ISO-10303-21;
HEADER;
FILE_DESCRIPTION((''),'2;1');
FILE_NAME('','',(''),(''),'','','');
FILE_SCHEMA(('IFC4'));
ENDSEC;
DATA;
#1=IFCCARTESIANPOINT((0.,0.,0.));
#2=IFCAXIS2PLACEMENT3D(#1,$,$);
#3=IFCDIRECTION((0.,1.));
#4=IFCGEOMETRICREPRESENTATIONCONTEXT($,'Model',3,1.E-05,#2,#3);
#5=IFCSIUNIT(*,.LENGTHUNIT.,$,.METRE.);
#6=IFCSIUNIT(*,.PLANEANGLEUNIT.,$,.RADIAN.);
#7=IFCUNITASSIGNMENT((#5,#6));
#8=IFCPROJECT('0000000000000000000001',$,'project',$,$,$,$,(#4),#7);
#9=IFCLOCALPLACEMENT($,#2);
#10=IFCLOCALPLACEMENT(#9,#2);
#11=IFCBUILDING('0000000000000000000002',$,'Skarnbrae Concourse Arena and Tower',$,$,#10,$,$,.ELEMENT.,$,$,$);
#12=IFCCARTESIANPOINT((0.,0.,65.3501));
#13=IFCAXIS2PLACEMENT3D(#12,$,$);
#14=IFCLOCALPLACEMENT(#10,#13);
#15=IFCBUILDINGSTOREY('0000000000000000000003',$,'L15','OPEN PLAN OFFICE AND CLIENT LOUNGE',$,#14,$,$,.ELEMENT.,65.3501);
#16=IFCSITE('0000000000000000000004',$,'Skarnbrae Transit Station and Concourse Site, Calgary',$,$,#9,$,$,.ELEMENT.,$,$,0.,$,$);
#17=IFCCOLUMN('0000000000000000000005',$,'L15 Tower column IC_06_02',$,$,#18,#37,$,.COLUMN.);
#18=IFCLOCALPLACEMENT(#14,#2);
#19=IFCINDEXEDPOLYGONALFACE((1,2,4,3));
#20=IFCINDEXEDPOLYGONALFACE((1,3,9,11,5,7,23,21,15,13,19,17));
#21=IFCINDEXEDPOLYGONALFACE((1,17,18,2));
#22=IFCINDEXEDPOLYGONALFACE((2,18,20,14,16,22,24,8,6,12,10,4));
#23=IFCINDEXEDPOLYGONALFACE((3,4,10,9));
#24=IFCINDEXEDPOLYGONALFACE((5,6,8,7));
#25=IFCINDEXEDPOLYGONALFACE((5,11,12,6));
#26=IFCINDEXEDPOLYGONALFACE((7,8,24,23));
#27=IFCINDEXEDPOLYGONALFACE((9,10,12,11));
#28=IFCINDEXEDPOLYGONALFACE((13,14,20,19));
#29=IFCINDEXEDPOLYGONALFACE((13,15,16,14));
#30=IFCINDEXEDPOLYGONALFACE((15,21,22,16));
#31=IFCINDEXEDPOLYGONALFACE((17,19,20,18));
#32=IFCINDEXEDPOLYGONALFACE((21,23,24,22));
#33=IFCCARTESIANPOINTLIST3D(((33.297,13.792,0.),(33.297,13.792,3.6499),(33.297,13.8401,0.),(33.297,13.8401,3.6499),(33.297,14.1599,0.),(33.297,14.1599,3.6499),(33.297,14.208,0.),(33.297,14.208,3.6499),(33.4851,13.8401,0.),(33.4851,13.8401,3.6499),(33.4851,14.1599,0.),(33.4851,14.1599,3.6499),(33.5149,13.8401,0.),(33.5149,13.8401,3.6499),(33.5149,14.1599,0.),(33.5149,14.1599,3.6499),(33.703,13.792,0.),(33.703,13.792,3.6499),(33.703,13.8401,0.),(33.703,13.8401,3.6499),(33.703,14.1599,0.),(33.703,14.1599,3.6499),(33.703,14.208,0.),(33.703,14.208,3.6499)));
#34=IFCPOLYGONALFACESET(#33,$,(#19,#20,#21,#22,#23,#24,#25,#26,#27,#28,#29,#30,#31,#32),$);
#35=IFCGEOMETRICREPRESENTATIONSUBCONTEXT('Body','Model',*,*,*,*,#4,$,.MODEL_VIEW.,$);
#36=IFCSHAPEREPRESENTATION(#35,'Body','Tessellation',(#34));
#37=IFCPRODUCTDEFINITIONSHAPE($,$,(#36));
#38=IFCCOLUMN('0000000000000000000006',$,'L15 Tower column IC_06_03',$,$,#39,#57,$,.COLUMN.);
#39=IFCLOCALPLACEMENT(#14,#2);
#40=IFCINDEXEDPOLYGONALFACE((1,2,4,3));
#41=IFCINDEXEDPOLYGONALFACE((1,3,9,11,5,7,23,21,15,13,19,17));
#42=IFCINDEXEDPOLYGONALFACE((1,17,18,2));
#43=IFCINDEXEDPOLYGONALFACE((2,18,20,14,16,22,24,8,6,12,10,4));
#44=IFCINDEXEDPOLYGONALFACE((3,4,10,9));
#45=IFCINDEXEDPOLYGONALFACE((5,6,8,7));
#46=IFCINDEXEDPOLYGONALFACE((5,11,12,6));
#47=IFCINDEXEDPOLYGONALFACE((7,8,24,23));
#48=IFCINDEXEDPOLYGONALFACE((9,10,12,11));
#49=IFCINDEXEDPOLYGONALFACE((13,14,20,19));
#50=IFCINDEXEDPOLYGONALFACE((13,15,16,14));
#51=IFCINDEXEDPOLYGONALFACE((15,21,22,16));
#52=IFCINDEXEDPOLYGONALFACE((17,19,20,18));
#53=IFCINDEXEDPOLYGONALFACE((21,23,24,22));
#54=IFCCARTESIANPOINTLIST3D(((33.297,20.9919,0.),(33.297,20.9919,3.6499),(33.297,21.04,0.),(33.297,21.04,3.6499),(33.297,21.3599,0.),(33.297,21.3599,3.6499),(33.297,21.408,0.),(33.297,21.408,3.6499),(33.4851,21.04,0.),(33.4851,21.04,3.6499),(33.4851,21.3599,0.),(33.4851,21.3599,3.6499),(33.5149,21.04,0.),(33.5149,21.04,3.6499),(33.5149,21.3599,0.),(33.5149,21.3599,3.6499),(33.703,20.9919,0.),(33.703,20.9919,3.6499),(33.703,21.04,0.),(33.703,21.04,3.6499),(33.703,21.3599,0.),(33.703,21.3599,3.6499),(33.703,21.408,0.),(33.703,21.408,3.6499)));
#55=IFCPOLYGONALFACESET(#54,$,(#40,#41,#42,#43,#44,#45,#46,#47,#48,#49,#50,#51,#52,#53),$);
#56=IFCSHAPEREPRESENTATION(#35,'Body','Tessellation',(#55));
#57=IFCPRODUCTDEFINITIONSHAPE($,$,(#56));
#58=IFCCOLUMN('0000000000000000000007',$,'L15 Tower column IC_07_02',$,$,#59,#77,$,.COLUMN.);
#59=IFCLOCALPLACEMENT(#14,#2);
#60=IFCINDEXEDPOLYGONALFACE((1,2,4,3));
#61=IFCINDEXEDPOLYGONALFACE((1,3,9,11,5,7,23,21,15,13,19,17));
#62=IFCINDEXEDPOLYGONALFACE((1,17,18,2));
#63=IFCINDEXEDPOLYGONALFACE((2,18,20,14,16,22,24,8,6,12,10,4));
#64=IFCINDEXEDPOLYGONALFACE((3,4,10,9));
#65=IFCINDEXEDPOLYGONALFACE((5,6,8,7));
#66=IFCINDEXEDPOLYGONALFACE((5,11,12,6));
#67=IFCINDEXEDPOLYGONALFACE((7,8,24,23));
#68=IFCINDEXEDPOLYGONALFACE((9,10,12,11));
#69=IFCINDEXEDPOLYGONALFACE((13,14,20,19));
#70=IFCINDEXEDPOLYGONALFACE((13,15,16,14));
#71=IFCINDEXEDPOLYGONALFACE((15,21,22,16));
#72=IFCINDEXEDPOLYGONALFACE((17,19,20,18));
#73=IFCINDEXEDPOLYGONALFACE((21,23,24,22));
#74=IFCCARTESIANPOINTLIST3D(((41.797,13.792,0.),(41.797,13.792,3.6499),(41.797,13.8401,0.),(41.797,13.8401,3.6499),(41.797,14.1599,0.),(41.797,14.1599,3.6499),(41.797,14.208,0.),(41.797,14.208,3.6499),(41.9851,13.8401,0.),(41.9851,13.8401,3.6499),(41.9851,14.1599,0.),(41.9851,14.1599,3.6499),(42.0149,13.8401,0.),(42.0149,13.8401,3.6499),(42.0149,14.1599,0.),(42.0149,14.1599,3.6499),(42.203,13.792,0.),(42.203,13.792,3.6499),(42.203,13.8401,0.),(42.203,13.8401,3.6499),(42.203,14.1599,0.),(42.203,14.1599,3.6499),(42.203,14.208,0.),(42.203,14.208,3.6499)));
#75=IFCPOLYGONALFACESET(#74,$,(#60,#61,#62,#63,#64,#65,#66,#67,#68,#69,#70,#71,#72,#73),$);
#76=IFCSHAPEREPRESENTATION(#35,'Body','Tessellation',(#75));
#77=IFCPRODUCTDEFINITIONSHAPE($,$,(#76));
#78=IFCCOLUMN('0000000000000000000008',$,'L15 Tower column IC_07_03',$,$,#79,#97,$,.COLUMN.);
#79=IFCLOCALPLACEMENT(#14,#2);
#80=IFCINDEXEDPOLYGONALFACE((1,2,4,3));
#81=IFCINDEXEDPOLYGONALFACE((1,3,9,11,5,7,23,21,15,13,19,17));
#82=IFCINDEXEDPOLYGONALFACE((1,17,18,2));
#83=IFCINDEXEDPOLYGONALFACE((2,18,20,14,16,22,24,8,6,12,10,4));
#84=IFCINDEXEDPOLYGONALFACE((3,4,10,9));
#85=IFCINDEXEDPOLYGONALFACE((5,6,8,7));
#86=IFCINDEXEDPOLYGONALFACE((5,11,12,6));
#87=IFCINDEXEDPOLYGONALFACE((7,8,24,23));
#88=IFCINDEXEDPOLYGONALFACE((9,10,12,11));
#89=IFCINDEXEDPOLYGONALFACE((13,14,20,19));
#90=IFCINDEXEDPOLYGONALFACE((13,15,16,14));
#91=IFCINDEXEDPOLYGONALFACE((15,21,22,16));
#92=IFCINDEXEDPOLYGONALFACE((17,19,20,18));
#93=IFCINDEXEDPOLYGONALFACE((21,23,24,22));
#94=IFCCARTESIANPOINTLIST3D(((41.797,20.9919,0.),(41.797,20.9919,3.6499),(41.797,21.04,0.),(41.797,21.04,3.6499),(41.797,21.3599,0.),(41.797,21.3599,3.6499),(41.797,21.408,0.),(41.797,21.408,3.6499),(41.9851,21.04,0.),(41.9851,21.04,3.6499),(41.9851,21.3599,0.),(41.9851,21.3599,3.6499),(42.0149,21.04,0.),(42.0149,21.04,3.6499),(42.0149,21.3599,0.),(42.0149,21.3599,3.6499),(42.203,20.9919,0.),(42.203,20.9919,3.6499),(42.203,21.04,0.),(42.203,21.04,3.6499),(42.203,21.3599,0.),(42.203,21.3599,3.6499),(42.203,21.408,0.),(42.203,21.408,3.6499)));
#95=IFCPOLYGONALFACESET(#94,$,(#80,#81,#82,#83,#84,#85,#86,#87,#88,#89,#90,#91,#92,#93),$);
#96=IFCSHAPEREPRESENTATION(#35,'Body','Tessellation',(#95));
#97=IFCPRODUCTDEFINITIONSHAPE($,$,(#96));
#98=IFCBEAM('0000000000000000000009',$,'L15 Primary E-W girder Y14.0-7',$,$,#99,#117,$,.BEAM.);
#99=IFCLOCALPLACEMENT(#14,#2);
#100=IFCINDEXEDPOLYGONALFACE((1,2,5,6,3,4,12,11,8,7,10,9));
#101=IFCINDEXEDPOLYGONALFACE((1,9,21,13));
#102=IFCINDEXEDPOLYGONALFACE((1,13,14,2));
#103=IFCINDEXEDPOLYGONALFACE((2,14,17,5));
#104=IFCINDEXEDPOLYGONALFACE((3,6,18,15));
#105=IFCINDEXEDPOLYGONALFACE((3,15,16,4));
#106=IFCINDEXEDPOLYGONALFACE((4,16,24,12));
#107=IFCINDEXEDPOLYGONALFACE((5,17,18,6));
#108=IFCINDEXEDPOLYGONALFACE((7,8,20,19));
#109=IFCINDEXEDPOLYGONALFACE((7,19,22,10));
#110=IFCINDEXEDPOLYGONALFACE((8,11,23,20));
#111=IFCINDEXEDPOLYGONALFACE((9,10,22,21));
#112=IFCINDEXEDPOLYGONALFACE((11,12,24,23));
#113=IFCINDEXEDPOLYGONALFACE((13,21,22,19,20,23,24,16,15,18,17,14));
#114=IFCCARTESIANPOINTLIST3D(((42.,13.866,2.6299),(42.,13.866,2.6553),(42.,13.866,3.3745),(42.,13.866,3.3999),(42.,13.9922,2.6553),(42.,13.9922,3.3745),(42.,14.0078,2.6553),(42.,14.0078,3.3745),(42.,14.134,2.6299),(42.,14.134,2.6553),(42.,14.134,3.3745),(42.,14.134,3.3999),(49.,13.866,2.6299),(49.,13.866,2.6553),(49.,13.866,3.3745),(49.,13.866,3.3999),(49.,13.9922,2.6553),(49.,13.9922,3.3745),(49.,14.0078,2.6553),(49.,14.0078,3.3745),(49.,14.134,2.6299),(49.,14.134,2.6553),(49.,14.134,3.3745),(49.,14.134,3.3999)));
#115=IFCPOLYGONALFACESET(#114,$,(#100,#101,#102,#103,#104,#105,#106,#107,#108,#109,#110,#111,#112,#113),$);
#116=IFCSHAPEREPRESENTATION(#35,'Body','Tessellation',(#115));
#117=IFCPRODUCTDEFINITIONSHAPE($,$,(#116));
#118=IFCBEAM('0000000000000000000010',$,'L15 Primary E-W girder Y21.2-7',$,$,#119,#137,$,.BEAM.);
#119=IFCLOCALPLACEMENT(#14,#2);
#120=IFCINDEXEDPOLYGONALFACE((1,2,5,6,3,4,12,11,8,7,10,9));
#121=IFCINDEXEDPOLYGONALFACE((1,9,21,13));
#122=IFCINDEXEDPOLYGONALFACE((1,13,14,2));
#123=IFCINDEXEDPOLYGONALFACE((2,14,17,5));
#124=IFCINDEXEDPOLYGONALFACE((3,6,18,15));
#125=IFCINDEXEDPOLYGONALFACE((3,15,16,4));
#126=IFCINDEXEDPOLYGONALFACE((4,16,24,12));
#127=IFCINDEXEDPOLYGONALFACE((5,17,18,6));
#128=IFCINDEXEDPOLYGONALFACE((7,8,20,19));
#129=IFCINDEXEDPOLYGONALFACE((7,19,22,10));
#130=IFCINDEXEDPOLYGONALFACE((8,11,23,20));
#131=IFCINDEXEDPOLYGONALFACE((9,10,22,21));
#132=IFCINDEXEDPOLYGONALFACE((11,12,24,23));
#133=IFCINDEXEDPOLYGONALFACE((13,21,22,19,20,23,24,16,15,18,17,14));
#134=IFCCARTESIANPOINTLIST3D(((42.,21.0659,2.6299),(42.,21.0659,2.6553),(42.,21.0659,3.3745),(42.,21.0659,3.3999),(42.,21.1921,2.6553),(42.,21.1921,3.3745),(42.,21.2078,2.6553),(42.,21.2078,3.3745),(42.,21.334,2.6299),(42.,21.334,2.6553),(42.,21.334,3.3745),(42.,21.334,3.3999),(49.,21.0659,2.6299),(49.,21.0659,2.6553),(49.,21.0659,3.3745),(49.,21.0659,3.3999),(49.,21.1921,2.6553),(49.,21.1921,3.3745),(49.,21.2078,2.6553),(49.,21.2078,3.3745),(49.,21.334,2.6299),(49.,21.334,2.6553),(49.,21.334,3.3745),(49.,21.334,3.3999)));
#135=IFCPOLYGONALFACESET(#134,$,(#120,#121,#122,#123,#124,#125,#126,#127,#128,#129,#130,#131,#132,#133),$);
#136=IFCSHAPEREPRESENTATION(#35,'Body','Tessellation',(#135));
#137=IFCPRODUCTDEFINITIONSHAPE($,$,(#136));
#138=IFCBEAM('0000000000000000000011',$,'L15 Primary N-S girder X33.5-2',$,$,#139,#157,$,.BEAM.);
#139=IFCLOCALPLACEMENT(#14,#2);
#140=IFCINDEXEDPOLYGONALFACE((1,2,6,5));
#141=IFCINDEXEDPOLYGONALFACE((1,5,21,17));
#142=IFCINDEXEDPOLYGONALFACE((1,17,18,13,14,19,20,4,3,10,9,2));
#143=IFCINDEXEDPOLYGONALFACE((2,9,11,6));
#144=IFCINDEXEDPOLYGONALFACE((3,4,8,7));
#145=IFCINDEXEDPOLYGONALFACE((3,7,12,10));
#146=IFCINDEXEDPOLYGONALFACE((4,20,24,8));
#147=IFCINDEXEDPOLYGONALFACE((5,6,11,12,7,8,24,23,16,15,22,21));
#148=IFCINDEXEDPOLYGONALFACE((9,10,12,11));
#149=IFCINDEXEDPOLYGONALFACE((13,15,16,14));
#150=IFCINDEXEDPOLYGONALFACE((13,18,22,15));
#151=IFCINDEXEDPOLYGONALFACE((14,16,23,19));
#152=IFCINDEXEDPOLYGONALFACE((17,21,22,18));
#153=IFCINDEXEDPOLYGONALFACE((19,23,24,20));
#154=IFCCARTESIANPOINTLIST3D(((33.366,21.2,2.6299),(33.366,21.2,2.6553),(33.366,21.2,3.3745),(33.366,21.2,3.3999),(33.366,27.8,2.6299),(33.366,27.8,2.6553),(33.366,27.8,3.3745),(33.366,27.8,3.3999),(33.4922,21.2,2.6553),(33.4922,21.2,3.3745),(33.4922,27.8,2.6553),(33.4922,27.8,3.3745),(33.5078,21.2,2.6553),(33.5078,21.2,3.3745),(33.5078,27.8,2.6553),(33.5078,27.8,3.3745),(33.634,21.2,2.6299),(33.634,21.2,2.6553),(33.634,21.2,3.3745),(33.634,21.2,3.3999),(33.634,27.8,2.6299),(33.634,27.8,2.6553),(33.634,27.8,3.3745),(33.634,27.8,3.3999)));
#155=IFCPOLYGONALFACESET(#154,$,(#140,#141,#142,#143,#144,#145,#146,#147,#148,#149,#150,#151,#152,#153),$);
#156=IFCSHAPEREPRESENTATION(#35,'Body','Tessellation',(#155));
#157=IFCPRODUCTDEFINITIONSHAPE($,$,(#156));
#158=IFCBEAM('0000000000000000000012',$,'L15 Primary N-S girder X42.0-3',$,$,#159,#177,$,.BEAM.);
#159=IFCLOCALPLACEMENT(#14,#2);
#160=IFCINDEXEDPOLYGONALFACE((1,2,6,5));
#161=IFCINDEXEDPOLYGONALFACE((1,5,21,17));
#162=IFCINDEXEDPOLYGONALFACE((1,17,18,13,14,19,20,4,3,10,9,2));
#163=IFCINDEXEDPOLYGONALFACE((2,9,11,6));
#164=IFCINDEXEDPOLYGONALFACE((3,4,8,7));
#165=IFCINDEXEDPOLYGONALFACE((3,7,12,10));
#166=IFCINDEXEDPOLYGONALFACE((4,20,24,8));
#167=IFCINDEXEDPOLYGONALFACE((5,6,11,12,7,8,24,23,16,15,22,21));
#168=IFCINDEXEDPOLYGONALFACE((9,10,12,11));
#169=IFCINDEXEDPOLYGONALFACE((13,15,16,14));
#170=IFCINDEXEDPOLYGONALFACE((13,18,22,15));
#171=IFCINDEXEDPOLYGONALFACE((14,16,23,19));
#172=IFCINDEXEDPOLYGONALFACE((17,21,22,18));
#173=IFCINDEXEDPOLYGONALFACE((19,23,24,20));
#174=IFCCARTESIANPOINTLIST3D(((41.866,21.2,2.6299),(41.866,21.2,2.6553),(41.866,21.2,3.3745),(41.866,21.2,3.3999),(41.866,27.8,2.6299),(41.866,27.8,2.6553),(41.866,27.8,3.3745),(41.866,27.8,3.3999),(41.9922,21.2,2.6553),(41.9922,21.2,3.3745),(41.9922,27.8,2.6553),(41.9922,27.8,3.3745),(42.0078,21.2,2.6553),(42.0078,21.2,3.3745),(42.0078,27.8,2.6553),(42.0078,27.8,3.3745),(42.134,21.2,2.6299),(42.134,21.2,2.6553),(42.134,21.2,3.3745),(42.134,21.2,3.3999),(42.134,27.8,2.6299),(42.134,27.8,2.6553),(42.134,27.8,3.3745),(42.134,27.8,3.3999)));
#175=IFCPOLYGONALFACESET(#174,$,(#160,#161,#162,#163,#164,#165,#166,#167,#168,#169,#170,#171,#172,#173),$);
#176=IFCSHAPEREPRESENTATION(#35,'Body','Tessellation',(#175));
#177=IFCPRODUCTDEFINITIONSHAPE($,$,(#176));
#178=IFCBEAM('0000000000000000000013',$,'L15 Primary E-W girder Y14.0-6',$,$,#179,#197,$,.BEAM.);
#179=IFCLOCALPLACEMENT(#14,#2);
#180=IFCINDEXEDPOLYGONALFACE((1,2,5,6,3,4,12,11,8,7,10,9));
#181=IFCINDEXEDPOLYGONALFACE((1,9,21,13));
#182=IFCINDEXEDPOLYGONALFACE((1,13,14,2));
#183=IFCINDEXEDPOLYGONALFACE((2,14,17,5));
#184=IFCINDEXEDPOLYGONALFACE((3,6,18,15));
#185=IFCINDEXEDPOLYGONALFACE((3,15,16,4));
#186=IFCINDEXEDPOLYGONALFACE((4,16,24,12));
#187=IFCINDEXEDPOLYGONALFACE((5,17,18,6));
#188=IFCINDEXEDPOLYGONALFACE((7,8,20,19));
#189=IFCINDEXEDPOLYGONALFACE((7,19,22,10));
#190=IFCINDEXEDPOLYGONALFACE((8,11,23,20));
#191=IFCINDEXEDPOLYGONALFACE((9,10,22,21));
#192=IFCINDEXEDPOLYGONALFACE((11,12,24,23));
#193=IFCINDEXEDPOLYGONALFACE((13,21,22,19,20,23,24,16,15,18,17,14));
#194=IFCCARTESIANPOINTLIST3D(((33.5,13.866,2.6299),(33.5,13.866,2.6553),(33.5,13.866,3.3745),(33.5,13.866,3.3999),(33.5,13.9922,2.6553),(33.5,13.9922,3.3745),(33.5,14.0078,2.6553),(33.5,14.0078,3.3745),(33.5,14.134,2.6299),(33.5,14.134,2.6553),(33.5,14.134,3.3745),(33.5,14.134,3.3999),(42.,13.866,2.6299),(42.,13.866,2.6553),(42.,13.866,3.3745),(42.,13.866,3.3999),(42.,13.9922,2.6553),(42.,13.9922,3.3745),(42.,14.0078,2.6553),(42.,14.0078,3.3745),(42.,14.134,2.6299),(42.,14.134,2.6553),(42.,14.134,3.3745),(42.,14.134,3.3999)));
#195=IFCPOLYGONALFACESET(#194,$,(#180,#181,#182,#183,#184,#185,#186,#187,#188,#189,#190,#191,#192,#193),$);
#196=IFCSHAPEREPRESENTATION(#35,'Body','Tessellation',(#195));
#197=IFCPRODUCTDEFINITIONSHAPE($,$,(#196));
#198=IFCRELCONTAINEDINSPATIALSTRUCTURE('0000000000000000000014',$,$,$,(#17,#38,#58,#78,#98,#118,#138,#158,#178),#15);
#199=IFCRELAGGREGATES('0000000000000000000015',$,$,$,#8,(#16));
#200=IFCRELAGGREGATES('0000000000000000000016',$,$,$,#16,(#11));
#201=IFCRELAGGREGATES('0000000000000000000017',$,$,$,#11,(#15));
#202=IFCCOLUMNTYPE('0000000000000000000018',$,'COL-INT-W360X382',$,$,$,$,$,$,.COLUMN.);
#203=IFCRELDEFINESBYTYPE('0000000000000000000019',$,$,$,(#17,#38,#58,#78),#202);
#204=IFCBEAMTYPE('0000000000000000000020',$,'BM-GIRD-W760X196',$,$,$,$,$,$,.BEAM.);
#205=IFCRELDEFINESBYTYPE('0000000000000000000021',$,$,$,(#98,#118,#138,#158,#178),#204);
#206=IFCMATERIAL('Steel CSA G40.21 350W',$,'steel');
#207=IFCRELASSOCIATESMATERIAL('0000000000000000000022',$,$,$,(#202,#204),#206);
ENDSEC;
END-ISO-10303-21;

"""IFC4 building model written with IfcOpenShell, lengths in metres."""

from ifc_helpers import new_model, si_unit, direction, frame, origin, origin_2d, place, context, subcontext, project, spatial, i_section, extrude, source, transform, mapped, material, material_profile, profile_set, type_object, element, save


model = new_model("IFC4")

# Units and contexts
model_context = context("Model", 3, precision=1e-05, world=origin(), true_north=direction((0.0, 1.0)))
body_context = subcontext(model_context, "Body", "Model", "MODEL_VIEW")
ifc_project = project(units=[si_unit("LENGTHUNIT", "METRE"), si_unit("PLANEANGLEUNIT", "RADIAN")], contexts=[model_context])

# Site, building, storey
site_placement = place(None, origin())
site = spatial("IfcSite", under=ifc_project, at=site_placement, Name="Skarnbrae Transit Station and Concourse Site, Calgary", CompositionType="ELEMENT", RefElevation=0.0)
building_placement = place(site_placement, origin())
building = spatial("IfcBuilding", under=site, at=building_placement, Name="Skarnbrae Concourse Arena and Tower", CompositionType="ELEMENT")
storey_placement = place(building_placement, frame((0.0, 0.0, 65.3501)))
storey = spatial("IfcBuildingStorey", under=building, at=storey_placement, Name="L15", Description="OPEN PLAN OFFICE AND CLIENT LOUNGE", CompositionType="ELEMENT", Elevation=65.3501)

# Columns
ifc_material_1 = material(Name="Steel CSA G40.21 350W", Category="steel")
ifc_material_profile_1 = material_profile(ifc_material_1, i_section(OverallWidth=0.406, OverallDepth=0.416, WebThickness=0.0298, FlangeThickness=0.0481, at=origin_2d()), Name="W360X382")
ifc_profile_set_1 = profile_set([ifc_material_profile_1], Name="Steel CSA G40.21 350W")
column_type = type_object("IfcColumnType", Name="COL-INT-W360X382", PredefinedType="COLUMN", material=ifc_profile_set_1)
shared_shape_1 = source(origin(), body_context, "Body", "SweptSolid", [
    extrude(i_section(OverallWidth=0.406, OverallDepth=0.416, WebThickness=0.0298, FlangeThickness=0.0481, at=origin_2d()), origin(), (0.0, 0.0, 1.0), 3.6499),
])
for number, where, z_axis, x_axis, name in (
    (1, (33.5, 14.0, 0.0), (0.0, 0.0, 1.0), (1.0, 0.0, 0.0), "L15 Tower column IC_06_02"),
    (2, (33.5, 21.2, 0.0), (0.0, 0.0, 1.0), (1.0, 0.0, 0.0), "L15 Tower column IC_06_03"),
    (3, (42.0, 14.0, 0.0), (0.0, 0.0, 1.0), (1.0, 0.0, 0.0), "L15 Tower column IC_07_02"),
    (4, (42.0, 21.2, 0.0), (0.0, 0.0, 1.0), (1.0, 0.0, 0.0), "L15 Tower column IC_07_03"),
):
    element("IfcColumn", number, at=place(storey_placement, frame(where, z_axis=z_axis, x_axis=x_axis)), inside=storey, type_object=column_type, Name=name, PredefinedType="COLUMN", context=body_context, shape_type="MappedRepresentation", body=[
        mapped(shared_shape_1, transform((0.0, 0.0, 0.0))),
    ])

# Beams
ifc_material_profile_2 = material_profile(ifc_material_1, i_section(OverallWidth=0.2681, OverallDepth=0.77, WebThickness=0.0156, FlangeThickness=0.0254, at=origin_2d()), Name="W760X196")
ifc_profile_set_2 = profile_set([ifc_material_profile_2], Name="Steel CSA G40.21 350W")
beam_type_1 = type_object("IfcBeamType", Name="BM-GIRD-W760X196", PredefinedType="BEAM", material=ifc_profile_set_2)
shared_shape_2 = source(origin(), body_context, "Body", "SweptSolid", [
    extrude(i_section(OverallWidth=0.2681, OverallDepth=0.77, WebThickness=0.0156, FlangeThickness=0.0254, at=origin_2d()), origin(), (0.0, 0.0, 1.0), 7.0),
])
for number, where, z_axis, x_axis, name in (
    (5, (42.0, 14.0, 3.0149), (1.0, 0.0, 0.0), (0.0, 1.0, 0.0), "L15 Primary E-W girder Y14.0-7"),
    (6, (42.0, 21.2, 3.0149), (1.0, 0.0, 0.0), (0.0, 1.0, 0.0), "L15 Primary E-W girder Y21.2-7"),
):
    element("IfcBeam", number, at=place(storey_placement, frame(where, z_axis=z_axis, x_axis=x_axis)), inside=storey, type_object=beam_type_1, Name=name, PredefinedType="BEAM", context=body_context, shape_type="MappedRepresentation", body=[
        mapped(shared_shape_2, transform((0.0, 0.0, 0.0))),
    ])
shared_shape_3 = source(origin(), body_context, "Body", "SweptSolid", [
    extrude(i_section(OverallWidth=0.2681, OverallDepth=0.77, WebThickness=0.0156, FlangeThickness=0.0254, at=origin_2d()), origin(), (0.0, 0.0, 1.0), 6.6001),
])
for number, where, z_axis, x_axis, name in (
    (7, (33.5, 21.2, 3.0149), (0.0, 1.0, 0.0), (-1.0, 0.0, 0.0), "L15 Primary N-S girder X33.5-2"),
    (8, (42.0, 21.2, 3.0149), (0.0, 1.0, 0.0), (-1.0, 0.0, 0.0), "L15 Primary N-S girder X42.0-3"),
):
    element("IfcBeam", number, at=place(storey_placement, frame(where, z_axis=z_axis, x_axis=x_axis)), inside=storey, type_object=beam_type_1, Name=name, PredefinedType="BEAM", context=body_context, shape_type="MappedRepresentation", body=[
        mapped(shared_shape_3, transform((0.0, 0.0, 0.0))),
    ])
shared_shape_4 = source(origin(), body_context, "Body", "SweptSolid", [
    extrude(i_section(OverallWidth=0.2681, OverallDepth=0.77, WebThickness=0.0156, FlangeThickness=0.0254, at=origin_2d()), origin(), (0.0, 0.0, 1.0), 8.5),
])
for number, where, z_axis, x_axis, name in (
    (9, (33.5, 14.0, 3.0149), (1.0, 0.0, 0.0), (0.0, 1.0, 0.0), "L15 Primary E-W girder Y14.0-6"),
):
    element("IfcBeam", number, at=place(storey_placement, frame(where, z_axis=z_axis, x_axis=x_axis)), inside=storey, type_object=beam_type_1, Name=name, PredefinedType="BEAM", context=body_context, shape_type="MappedRepresentation", body=[
        mapped(shared_shape_4, transform((0.0, 0.0, 0.0))),
    ])

save(model, "model.ifc")
